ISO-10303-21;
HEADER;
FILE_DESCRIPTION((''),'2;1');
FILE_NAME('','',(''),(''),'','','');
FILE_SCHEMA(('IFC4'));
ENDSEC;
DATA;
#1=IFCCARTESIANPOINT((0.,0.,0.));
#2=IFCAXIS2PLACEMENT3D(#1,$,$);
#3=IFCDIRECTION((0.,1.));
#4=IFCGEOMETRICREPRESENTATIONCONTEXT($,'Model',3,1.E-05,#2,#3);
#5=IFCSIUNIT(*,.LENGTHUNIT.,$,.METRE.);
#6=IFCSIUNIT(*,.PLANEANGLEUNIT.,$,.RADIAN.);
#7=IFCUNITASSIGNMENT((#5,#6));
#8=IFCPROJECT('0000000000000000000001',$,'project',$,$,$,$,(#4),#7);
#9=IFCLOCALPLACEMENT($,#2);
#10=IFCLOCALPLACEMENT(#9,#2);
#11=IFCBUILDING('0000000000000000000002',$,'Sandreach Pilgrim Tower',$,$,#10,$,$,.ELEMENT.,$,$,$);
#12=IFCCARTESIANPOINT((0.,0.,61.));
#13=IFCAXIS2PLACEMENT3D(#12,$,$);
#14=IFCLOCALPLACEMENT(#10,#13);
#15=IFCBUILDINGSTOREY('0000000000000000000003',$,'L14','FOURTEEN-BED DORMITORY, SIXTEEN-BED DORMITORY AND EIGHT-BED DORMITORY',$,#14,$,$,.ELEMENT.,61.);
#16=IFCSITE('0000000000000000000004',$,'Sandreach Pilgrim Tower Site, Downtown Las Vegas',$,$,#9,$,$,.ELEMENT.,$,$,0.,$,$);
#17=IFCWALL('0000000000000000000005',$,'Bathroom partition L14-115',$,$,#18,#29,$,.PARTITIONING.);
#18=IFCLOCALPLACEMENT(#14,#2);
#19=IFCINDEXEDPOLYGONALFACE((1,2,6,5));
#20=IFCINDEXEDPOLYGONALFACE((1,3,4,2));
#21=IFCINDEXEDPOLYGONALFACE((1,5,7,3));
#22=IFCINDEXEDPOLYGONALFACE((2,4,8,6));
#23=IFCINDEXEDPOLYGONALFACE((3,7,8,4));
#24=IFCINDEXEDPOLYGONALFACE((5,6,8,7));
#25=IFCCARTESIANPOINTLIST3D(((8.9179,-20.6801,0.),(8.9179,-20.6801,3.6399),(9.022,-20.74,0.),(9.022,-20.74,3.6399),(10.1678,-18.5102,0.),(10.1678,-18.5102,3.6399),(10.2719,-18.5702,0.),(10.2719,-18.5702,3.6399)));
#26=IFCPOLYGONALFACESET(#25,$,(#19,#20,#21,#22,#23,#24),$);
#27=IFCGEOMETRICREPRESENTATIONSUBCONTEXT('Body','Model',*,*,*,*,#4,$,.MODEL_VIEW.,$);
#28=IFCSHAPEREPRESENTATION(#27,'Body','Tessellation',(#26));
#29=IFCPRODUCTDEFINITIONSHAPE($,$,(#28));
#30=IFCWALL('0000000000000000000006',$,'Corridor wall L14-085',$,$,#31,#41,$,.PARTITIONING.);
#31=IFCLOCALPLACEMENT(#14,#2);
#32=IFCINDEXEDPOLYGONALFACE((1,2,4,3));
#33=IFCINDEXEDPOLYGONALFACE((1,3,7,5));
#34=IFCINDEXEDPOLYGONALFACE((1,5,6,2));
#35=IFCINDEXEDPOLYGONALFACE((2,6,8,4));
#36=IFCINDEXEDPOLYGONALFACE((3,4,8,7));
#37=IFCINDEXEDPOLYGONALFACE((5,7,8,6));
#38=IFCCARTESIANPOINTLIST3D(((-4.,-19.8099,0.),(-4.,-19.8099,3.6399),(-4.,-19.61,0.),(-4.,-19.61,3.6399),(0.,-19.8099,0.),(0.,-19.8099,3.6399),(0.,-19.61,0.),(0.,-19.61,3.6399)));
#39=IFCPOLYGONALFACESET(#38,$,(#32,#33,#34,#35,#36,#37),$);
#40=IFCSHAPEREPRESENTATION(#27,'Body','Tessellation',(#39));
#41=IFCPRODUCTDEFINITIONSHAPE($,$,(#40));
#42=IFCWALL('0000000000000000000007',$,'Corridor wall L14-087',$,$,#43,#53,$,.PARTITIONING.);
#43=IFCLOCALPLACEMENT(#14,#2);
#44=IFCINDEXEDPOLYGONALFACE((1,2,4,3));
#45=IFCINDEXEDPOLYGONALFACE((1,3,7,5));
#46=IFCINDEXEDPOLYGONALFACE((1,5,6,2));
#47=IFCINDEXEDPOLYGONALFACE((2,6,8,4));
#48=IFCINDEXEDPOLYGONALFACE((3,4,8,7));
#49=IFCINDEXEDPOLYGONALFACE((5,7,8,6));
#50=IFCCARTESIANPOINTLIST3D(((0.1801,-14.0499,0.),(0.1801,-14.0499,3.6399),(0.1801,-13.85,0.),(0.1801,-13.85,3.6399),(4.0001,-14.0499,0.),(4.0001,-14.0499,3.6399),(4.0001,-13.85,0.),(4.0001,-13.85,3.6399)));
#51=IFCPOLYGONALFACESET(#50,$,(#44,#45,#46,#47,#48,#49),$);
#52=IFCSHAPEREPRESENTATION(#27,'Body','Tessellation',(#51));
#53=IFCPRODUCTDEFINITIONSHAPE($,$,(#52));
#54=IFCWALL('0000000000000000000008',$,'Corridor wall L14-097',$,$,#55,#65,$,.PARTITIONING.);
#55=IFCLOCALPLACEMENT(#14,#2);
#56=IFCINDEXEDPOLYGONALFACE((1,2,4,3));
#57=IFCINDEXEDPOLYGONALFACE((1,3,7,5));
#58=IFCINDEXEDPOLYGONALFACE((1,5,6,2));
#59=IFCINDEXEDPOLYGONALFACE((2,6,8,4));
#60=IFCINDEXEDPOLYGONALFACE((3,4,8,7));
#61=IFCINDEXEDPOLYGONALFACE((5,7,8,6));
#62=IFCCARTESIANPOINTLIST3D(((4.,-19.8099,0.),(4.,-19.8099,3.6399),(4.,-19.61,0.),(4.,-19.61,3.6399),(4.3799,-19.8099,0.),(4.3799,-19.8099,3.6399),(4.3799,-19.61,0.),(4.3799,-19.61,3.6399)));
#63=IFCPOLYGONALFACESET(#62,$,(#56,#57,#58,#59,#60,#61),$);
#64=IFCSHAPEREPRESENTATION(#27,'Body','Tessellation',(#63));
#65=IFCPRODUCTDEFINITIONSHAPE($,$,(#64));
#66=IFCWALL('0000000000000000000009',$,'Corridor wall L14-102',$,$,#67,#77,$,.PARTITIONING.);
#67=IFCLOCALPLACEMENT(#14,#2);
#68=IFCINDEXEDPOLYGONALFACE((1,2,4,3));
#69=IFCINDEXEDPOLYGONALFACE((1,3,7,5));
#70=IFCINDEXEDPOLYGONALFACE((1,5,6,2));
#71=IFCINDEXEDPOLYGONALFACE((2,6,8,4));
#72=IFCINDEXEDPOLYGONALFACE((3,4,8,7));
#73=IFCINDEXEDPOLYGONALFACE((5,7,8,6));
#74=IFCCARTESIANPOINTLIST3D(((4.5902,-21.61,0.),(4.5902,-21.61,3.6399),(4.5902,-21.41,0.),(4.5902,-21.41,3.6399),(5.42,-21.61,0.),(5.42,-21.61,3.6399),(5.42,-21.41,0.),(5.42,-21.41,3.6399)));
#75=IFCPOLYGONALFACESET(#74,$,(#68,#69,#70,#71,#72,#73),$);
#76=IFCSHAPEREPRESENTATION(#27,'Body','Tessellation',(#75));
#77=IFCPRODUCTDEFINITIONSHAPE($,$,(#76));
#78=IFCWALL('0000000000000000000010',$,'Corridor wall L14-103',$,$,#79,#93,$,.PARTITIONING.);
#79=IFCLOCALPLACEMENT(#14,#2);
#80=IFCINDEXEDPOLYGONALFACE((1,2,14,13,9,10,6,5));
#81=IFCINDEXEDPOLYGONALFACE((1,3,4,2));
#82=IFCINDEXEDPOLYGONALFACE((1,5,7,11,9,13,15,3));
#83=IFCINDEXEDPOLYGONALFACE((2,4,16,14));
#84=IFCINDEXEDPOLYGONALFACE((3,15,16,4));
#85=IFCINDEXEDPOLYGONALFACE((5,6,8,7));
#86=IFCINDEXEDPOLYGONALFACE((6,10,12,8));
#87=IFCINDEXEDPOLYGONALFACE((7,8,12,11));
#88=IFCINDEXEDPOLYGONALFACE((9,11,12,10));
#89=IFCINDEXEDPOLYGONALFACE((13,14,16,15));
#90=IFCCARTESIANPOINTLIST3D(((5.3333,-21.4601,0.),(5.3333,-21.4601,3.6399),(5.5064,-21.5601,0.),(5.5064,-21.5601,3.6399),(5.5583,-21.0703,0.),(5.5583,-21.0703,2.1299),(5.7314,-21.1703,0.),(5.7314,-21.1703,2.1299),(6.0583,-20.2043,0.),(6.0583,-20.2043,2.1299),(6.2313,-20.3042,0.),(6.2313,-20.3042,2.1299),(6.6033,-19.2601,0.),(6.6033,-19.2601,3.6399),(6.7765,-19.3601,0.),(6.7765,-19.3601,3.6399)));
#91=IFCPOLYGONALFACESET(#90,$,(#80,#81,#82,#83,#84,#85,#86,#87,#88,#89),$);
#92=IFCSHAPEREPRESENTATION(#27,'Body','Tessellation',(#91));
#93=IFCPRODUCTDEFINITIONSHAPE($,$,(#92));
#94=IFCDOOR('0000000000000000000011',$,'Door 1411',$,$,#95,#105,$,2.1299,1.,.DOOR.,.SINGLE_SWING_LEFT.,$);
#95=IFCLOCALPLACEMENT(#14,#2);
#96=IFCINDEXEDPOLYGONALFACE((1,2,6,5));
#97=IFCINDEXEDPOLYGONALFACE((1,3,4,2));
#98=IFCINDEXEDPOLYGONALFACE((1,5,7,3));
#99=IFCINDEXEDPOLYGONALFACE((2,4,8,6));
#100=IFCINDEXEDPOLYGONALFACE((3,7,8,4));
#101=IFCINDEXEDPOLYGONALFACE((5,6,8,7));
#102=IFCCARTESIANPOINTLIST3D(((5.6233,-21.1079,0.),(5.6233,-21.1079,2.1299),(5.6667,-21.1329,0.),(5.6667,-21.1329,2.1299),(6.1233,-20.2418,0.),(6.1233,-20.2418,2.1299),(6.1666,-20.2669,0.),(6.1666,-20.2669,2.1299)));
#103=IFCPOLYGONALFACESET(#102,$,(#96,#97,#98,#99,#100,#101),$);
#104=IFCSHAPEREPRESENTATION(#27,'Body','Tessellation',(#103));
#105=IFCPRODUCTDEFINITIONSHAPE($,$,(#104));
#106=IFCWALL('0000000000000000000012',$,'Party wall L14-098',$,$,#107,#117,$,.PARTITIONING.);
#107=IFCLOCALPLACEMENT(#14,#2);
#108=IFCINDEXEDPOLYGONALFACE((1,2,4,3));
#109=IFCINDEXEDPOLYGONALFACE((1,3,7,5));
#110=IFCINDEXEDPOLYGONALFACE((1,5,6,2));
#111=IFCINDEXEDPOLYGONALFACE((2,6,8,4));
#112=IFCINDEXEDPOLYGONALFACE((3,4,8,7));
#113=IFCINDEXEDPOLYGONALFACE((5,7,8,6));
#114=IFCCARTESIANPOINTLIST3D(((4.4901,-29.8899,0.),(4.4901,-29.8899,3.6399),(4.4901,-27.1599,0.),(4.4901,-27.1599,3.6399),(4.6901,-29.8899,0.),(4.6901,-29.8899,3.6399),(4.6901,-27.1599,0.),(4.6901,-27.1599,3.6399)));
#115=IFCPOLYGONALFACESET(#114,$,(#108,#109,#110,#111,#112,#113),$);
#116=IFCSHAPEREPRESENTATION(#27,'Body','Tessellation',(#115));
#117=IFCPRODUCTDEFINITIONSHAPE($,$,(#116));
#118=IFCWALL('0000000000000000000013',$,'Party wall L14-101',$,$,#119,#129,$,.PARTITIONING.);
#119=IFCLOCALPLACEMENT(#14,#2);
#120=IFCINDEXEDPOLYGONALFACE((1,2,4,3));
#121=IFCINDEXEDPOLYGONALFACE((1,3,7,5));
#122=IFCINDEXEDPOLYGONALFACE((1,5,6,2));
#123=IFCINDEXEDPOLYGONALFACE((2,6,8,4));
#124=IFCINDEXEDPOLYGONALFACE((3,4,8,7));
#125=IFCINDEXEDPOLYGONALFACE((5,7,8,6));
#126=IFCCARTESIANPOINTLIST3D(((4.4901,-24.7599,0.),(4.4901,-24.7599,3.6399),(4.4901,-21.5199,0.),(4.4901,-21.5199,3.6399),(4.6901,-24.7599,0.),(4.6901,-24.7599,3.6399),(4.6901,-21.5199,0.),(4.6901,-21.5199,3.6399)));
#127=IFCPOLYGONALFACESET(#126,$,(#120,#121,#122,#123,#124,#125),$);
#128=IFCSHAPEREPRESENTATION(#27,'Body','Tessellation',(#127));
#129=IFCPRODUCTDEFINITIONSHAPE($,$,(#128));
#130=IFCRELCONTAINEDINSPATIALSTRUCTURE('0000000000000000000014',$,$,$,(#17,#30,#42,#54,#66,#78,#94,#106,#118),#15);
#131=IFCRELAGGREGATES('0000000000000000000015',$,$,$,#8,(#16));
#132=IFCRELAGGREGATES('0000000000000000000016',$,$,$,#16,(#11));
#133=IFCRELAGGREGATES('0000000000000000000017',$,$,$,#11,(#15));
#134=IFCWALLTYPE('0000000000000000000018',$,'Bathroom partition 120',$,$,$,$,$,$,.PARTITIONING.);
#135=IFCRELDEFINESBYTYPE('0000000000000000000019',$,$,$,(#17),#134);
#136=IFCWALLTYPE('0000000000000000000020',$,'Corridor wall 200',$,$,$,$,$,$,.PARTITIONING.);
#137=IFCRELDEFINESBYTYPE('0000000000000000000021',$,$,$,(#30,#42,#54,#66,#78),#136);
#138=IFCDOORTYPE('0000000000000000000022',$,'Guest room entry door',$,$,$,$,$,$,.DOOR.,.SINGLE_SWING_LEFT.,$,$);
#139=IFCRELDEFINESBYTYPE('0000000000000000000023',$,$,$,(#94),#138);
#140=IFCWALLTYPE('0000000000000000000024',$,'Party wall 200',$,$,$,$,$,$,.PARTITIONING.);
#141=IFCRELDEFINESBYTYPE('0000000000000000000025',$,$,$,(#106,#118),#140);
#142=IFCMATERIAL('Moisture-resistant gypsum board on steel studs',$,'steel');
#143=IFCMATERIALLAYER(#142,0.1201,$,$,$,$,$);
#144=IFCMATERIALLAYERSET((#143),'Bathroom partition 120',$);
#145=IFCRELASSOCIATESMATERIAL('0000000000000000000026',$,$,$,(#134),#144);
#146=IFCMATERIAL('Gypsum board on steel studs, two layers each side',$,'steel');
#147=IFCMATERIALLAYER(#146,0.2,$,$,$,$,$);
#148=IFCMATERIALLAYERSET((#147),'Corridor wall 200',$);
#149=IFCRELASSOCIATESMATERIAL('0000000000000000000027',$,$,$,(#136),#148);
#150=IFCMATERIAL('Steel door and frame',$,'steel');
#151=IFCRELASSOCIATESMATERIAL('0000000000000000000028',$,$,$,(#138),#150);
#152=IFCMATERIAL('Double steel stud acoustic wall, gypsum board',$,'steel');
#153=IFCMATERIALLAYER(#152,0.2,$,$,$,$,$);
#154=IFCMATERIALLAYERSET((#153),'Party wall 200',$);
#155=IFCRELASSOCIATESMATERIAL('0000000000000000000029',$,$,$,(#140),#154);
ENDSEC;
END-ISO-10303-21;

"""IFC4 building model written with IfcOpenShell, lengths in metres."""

from ifc_helpers import new_model, si_unit, direction, frame, frame_2d, origin, place, context, subcontext, project, spatial, rectangle, extrude, material, layer, layer_set, type_object, element, fill, save


model = new_model("IFC4")

# Units and contexts
model_context = context("Model", 3, precision=1e-05, world=origin(), true_north=direction((0.0, 1.0)))
body_context = subcontext(model_context, "Body", "Model", "MODEL_VIEW")
ifc_project = project(units=[si_unit("LENGTHUNIT", "METRE"), si_unit("PLANEANGLEUNIT", "RADIAN")], contexts=[model_context])

# Site, building, storey
site_placement = place(None, origin())
site = spatial("IfcSite", under=ifc_project, at=site_placement, Name="Sandreach Pilgrim Tower Site, Downtown Las Vegas", CompositionType="ELEMENT", RefElevation=0.0)
building_placement = place(site_placement, origin())
building = spatial("IfcBuilding", under=site, at=building_placement, Name="Sandreach Pilgrim Tower", CompositionType="ELEMENT")
storey_placement = place(building_placement, frame((0.0, 0.0, 61.0)))
storey = spatial("IfcBuildingStorey", under=building, at=storey_placement, Name="L14", Description="FOURTEEN-BED DORMITORY, SIXTEEN-BED DORMITORY AND EIGHT-BED DORMITORY", CompositionType="ELEMENT", Elevation=61.0)

# Shared definitions
ifc_material_1 = material(Name="Moisture-resistant gypsum board on steel studs", Category="steel")
ifc_layer_1 = layer(ifc_material_1, 0.1201)
ifc_layer_set_1 = layer_set([ifc_layer_1], Name="Bathroom partition 120")
wall_type_1 = type_object("IfcWallType", Name="Bathroom partition 120", PredefinedType="PARTITIONING", material=ifc_layer_set_1)

# Walls
wall_1_placement = place(storey_placement, frame((8.97, -20.71, 0.0), z_axis=(0.0, 0.0, 1.0), x_axis=(0.49916, 0.86651, 0.0)))
element("IfcWall", 1, at=wall_1_placement, inside=storey, type_object=wall_type_1, Name="Bathroom partition L14-115", PredefinedType="PARTITIONING", context=body_context, shape_type="SweptSolid", body=[
    extrude(rectangle(XDim=2.5042, YDim=0.1201, at=frame_2d((1.252, 0.0))), origin(), (0.0, 0.0, 1.0), 3.6399),
])
ifc_material_2 = material(Name="Gypsum board on steel studs, two layers each side", Category="steel")
ifc_layer_2 = layer(ifc_material_2, 0.2)
ifc_layer_set_2 = layer_set([ifc_layer_2], Name="Corridor wall 200")
wall_type_2 = type_object("IfcWallType", Name="Corridor wall 200", PredefinedType="PARTITIONING", material=ifc_layer_set_2)
wall_2_placement = place(storey_placement, frame((0.0, -19.71, 0.0), z_axis=(0.0, 0.0, 1.0), x_axis=(-1.0, 0.0, 0.0)))
element("IfcWall", 2, at=wall_2_placement, inside=storey, type_object=wall_type_2, Name="Corridor wall L14-085", PredefinedType="PARTITIONING", context=body_context, shape_type="SweptSolid", body=[
    extrude(rectangle(XDim=4.0, YDim=0.2, at=frame_2d((2.0, 0.0))), origin(), (0.0, 0.0, 1.0), 3.6399),
])
wall_3_placement = place(storey_placement, frame((0.1799, -13.95, 0.0), z_axis=(0.0, 0.0, 1.0), x_axis=(1.0, 0.0, 0.0)))
element("IfcWall", 3, at=wall_3_placement, inside=storey, type_object=wall_type_2, Name="Corridor wall L14-087", PredefinedType="PARTITIONING", context=body_context, shape_type="SweptSolid", body=[
    extrude(rectangle(XDim=3.8201, YDim=0.2, at=frame_2d((1.9102, 0.0))), origin(), (0.0, 0.0, 1.0), 3.6399),
])

# Walls
wall_4_placement = place(storey_placement, frame((4.3799, -19.71, 0.0), z_axis=(0.0, 0.0, 1.0), x_axis=(-1.0, 0.0, 0.0)))
element("IfcWall", 4, at=wall_4_placement, inside=storey, type_object=wall_type_2, Name="Corridor wall L14-097", PredefinedType="PARTITIONING", context=body_context, shape_type="SweptSolid", body=[
    extrude(rectangle(XDim=0.3799, YDim=0.2, at=frame_2d((0.1899, 0.0))), origin(), (0.0, 0.0, 1.0), 3.6399),
])
wall_5_placement = place(storey_placement, frame((4.5901, -21.51, 0.0), z_axis=(0.0, 0.0, 1.0), x_axis=(1.0, 0.0, 0.0)))
element("IfcWall", 5, at=wall_5_placement, inside=storey, type_object=wall_type_2, Name="Corridor wall L14-102", PredefinedType="PARTITIONING", context=body_context, shape_type="SweptSolid", body=[
    extrude(rectangle(XDim=0.8298, YDim=0.2, at=frame_2d((0.415, 0.0))), origin(), (0.0, 0.0, 1.0), 3.6399),
])

# Wall, opening, door
wall_6_placement = place(storey_placement, frame((5.4199, -21.51, 0.0), z_axis=(0.0, 0.0, 1.0), x_axis=(0.499964, 0.866046, 0.0)))
wall_6 = element("IfcWall", 6, at=wall_6_placement, inside=storey, type_object=wall_type_2, Name="Corridor wall L14-103", PredefinedType="PARTITIONING", context=body_context, shape_type="SweptSolid", body=[
    extrude(rectangle(XDim=2.5403, YDim=0.2, at=frame_2d((1.27, 0.0))), origin(), (0.0, 0.0, 1.0), 3.6399),
])
opening_1_placement = place(wall_6_placement, frame((0.45, 0.0, 0.0)))
opening_1 = element("IfcOpeningElement", 7, at=opening_1_placement, cuts=wall_6, PredefinedType="OPENING", context=body_context, shape_type="SweptSolid", body=[
    extrude(rectangle(XDim=1.0, YDim=2.1299, at=frame_2d((0.5, 1.0649))), frame((0.0, 0.1001, 0.0), z_axis=(0.0, -1.0, 0.0), x_axis=(1.0, 0.0, 0.0)), (0.0, 0.0, 1.0), 0.2),
])
ifc_material_3 = material(Name="Steel door and frame", Category="steel")
door_type_1 = type_object("IfcDoorType", Name="Guest room entry door", OperationType="SINGLE_SWING_LEFT", PredefinedType="DOOR", material=ifc_material_3)
door_1_placement = place(opening_1_placement, origin())
door_1 = element("IfcDoor", 8, at=door_1_placement, inside=storey, type_object=door_type_1, Name="Door 1411", OperationType="SINGLE_SWING_LEFT", OverallHeight=2.1299, OverallWidth=1.0, PredefinedType="DOOR", context=body_context, shape_type="SweptSolid", body=[
    extrude(rectangle(XDim=1.0, YDim=2.1299, at=frame_2d((0.5, 1.0649))), frame((0.0, 0.0249, 0.0), z_axis=(0.0, -1.0, 0.0), x_axis=(1.0, 0.0, 0.0)), (0.0, 0.0, 1.0), 0.05),
])
fill(opening_1, door_1)

# Walls
ifc_material_4 = material(Name="Double steel stud acoustic wall, gypsum board", Category="steel")
ifc_layer_3 = layer(ifc_material_4, 0.2)
ifc_layer_set_3 = layer_set([ifc_layer_3], Name="Party wall 200")
wall_type_3 = type_object("IfcWallType", Name="Party wall 200", PredefinedType="PARTITIONING", material=ifc_layer_set_3)
wall_7_placement = place(storey_placement, frame((4.5901, -29.8899, 0.0), z_axis=(0.0, 0.0, 1.0), x_axis=(0.0, 1.0, 0.0)))
element("IfcWall", 9, at=wall_7_placement, inside=storey, type_object=wall_type_3, Name="Party wall L14-098", PredefinedType="PARTITIONING", context=body_context, shape_type="SweptSolid", body=[
    extrude(rectangle(XDim=2.73, YDim=0.2, at=frame_2d((1.365, 0.0))), origin(), (0.0, 0.0, 1.0), 3.6399),
])
wall_8_placement = place(storey_placement, frame((4.5901, -24.76, 0.0), z_axis=(0.0, 0.0, 1.0), x_axis=(0.0, 1.0, 0.0)))
element("IfcWall", 10, at=wall_8_placement, inside=storey, type_object=wall_type_3, Name="Party wall L14-101", PredefinedType="PARTITIONING", context=body_context, shape_type="SweptSolid", body=[
    extrude(rectangle(XDim=3.24, YDim=0.2, at=frame_2d((1.6201, 0.0))), origin(), (0.0, 0.0, 1.0), 3.6399),
])

save(model, "model.ifc")
